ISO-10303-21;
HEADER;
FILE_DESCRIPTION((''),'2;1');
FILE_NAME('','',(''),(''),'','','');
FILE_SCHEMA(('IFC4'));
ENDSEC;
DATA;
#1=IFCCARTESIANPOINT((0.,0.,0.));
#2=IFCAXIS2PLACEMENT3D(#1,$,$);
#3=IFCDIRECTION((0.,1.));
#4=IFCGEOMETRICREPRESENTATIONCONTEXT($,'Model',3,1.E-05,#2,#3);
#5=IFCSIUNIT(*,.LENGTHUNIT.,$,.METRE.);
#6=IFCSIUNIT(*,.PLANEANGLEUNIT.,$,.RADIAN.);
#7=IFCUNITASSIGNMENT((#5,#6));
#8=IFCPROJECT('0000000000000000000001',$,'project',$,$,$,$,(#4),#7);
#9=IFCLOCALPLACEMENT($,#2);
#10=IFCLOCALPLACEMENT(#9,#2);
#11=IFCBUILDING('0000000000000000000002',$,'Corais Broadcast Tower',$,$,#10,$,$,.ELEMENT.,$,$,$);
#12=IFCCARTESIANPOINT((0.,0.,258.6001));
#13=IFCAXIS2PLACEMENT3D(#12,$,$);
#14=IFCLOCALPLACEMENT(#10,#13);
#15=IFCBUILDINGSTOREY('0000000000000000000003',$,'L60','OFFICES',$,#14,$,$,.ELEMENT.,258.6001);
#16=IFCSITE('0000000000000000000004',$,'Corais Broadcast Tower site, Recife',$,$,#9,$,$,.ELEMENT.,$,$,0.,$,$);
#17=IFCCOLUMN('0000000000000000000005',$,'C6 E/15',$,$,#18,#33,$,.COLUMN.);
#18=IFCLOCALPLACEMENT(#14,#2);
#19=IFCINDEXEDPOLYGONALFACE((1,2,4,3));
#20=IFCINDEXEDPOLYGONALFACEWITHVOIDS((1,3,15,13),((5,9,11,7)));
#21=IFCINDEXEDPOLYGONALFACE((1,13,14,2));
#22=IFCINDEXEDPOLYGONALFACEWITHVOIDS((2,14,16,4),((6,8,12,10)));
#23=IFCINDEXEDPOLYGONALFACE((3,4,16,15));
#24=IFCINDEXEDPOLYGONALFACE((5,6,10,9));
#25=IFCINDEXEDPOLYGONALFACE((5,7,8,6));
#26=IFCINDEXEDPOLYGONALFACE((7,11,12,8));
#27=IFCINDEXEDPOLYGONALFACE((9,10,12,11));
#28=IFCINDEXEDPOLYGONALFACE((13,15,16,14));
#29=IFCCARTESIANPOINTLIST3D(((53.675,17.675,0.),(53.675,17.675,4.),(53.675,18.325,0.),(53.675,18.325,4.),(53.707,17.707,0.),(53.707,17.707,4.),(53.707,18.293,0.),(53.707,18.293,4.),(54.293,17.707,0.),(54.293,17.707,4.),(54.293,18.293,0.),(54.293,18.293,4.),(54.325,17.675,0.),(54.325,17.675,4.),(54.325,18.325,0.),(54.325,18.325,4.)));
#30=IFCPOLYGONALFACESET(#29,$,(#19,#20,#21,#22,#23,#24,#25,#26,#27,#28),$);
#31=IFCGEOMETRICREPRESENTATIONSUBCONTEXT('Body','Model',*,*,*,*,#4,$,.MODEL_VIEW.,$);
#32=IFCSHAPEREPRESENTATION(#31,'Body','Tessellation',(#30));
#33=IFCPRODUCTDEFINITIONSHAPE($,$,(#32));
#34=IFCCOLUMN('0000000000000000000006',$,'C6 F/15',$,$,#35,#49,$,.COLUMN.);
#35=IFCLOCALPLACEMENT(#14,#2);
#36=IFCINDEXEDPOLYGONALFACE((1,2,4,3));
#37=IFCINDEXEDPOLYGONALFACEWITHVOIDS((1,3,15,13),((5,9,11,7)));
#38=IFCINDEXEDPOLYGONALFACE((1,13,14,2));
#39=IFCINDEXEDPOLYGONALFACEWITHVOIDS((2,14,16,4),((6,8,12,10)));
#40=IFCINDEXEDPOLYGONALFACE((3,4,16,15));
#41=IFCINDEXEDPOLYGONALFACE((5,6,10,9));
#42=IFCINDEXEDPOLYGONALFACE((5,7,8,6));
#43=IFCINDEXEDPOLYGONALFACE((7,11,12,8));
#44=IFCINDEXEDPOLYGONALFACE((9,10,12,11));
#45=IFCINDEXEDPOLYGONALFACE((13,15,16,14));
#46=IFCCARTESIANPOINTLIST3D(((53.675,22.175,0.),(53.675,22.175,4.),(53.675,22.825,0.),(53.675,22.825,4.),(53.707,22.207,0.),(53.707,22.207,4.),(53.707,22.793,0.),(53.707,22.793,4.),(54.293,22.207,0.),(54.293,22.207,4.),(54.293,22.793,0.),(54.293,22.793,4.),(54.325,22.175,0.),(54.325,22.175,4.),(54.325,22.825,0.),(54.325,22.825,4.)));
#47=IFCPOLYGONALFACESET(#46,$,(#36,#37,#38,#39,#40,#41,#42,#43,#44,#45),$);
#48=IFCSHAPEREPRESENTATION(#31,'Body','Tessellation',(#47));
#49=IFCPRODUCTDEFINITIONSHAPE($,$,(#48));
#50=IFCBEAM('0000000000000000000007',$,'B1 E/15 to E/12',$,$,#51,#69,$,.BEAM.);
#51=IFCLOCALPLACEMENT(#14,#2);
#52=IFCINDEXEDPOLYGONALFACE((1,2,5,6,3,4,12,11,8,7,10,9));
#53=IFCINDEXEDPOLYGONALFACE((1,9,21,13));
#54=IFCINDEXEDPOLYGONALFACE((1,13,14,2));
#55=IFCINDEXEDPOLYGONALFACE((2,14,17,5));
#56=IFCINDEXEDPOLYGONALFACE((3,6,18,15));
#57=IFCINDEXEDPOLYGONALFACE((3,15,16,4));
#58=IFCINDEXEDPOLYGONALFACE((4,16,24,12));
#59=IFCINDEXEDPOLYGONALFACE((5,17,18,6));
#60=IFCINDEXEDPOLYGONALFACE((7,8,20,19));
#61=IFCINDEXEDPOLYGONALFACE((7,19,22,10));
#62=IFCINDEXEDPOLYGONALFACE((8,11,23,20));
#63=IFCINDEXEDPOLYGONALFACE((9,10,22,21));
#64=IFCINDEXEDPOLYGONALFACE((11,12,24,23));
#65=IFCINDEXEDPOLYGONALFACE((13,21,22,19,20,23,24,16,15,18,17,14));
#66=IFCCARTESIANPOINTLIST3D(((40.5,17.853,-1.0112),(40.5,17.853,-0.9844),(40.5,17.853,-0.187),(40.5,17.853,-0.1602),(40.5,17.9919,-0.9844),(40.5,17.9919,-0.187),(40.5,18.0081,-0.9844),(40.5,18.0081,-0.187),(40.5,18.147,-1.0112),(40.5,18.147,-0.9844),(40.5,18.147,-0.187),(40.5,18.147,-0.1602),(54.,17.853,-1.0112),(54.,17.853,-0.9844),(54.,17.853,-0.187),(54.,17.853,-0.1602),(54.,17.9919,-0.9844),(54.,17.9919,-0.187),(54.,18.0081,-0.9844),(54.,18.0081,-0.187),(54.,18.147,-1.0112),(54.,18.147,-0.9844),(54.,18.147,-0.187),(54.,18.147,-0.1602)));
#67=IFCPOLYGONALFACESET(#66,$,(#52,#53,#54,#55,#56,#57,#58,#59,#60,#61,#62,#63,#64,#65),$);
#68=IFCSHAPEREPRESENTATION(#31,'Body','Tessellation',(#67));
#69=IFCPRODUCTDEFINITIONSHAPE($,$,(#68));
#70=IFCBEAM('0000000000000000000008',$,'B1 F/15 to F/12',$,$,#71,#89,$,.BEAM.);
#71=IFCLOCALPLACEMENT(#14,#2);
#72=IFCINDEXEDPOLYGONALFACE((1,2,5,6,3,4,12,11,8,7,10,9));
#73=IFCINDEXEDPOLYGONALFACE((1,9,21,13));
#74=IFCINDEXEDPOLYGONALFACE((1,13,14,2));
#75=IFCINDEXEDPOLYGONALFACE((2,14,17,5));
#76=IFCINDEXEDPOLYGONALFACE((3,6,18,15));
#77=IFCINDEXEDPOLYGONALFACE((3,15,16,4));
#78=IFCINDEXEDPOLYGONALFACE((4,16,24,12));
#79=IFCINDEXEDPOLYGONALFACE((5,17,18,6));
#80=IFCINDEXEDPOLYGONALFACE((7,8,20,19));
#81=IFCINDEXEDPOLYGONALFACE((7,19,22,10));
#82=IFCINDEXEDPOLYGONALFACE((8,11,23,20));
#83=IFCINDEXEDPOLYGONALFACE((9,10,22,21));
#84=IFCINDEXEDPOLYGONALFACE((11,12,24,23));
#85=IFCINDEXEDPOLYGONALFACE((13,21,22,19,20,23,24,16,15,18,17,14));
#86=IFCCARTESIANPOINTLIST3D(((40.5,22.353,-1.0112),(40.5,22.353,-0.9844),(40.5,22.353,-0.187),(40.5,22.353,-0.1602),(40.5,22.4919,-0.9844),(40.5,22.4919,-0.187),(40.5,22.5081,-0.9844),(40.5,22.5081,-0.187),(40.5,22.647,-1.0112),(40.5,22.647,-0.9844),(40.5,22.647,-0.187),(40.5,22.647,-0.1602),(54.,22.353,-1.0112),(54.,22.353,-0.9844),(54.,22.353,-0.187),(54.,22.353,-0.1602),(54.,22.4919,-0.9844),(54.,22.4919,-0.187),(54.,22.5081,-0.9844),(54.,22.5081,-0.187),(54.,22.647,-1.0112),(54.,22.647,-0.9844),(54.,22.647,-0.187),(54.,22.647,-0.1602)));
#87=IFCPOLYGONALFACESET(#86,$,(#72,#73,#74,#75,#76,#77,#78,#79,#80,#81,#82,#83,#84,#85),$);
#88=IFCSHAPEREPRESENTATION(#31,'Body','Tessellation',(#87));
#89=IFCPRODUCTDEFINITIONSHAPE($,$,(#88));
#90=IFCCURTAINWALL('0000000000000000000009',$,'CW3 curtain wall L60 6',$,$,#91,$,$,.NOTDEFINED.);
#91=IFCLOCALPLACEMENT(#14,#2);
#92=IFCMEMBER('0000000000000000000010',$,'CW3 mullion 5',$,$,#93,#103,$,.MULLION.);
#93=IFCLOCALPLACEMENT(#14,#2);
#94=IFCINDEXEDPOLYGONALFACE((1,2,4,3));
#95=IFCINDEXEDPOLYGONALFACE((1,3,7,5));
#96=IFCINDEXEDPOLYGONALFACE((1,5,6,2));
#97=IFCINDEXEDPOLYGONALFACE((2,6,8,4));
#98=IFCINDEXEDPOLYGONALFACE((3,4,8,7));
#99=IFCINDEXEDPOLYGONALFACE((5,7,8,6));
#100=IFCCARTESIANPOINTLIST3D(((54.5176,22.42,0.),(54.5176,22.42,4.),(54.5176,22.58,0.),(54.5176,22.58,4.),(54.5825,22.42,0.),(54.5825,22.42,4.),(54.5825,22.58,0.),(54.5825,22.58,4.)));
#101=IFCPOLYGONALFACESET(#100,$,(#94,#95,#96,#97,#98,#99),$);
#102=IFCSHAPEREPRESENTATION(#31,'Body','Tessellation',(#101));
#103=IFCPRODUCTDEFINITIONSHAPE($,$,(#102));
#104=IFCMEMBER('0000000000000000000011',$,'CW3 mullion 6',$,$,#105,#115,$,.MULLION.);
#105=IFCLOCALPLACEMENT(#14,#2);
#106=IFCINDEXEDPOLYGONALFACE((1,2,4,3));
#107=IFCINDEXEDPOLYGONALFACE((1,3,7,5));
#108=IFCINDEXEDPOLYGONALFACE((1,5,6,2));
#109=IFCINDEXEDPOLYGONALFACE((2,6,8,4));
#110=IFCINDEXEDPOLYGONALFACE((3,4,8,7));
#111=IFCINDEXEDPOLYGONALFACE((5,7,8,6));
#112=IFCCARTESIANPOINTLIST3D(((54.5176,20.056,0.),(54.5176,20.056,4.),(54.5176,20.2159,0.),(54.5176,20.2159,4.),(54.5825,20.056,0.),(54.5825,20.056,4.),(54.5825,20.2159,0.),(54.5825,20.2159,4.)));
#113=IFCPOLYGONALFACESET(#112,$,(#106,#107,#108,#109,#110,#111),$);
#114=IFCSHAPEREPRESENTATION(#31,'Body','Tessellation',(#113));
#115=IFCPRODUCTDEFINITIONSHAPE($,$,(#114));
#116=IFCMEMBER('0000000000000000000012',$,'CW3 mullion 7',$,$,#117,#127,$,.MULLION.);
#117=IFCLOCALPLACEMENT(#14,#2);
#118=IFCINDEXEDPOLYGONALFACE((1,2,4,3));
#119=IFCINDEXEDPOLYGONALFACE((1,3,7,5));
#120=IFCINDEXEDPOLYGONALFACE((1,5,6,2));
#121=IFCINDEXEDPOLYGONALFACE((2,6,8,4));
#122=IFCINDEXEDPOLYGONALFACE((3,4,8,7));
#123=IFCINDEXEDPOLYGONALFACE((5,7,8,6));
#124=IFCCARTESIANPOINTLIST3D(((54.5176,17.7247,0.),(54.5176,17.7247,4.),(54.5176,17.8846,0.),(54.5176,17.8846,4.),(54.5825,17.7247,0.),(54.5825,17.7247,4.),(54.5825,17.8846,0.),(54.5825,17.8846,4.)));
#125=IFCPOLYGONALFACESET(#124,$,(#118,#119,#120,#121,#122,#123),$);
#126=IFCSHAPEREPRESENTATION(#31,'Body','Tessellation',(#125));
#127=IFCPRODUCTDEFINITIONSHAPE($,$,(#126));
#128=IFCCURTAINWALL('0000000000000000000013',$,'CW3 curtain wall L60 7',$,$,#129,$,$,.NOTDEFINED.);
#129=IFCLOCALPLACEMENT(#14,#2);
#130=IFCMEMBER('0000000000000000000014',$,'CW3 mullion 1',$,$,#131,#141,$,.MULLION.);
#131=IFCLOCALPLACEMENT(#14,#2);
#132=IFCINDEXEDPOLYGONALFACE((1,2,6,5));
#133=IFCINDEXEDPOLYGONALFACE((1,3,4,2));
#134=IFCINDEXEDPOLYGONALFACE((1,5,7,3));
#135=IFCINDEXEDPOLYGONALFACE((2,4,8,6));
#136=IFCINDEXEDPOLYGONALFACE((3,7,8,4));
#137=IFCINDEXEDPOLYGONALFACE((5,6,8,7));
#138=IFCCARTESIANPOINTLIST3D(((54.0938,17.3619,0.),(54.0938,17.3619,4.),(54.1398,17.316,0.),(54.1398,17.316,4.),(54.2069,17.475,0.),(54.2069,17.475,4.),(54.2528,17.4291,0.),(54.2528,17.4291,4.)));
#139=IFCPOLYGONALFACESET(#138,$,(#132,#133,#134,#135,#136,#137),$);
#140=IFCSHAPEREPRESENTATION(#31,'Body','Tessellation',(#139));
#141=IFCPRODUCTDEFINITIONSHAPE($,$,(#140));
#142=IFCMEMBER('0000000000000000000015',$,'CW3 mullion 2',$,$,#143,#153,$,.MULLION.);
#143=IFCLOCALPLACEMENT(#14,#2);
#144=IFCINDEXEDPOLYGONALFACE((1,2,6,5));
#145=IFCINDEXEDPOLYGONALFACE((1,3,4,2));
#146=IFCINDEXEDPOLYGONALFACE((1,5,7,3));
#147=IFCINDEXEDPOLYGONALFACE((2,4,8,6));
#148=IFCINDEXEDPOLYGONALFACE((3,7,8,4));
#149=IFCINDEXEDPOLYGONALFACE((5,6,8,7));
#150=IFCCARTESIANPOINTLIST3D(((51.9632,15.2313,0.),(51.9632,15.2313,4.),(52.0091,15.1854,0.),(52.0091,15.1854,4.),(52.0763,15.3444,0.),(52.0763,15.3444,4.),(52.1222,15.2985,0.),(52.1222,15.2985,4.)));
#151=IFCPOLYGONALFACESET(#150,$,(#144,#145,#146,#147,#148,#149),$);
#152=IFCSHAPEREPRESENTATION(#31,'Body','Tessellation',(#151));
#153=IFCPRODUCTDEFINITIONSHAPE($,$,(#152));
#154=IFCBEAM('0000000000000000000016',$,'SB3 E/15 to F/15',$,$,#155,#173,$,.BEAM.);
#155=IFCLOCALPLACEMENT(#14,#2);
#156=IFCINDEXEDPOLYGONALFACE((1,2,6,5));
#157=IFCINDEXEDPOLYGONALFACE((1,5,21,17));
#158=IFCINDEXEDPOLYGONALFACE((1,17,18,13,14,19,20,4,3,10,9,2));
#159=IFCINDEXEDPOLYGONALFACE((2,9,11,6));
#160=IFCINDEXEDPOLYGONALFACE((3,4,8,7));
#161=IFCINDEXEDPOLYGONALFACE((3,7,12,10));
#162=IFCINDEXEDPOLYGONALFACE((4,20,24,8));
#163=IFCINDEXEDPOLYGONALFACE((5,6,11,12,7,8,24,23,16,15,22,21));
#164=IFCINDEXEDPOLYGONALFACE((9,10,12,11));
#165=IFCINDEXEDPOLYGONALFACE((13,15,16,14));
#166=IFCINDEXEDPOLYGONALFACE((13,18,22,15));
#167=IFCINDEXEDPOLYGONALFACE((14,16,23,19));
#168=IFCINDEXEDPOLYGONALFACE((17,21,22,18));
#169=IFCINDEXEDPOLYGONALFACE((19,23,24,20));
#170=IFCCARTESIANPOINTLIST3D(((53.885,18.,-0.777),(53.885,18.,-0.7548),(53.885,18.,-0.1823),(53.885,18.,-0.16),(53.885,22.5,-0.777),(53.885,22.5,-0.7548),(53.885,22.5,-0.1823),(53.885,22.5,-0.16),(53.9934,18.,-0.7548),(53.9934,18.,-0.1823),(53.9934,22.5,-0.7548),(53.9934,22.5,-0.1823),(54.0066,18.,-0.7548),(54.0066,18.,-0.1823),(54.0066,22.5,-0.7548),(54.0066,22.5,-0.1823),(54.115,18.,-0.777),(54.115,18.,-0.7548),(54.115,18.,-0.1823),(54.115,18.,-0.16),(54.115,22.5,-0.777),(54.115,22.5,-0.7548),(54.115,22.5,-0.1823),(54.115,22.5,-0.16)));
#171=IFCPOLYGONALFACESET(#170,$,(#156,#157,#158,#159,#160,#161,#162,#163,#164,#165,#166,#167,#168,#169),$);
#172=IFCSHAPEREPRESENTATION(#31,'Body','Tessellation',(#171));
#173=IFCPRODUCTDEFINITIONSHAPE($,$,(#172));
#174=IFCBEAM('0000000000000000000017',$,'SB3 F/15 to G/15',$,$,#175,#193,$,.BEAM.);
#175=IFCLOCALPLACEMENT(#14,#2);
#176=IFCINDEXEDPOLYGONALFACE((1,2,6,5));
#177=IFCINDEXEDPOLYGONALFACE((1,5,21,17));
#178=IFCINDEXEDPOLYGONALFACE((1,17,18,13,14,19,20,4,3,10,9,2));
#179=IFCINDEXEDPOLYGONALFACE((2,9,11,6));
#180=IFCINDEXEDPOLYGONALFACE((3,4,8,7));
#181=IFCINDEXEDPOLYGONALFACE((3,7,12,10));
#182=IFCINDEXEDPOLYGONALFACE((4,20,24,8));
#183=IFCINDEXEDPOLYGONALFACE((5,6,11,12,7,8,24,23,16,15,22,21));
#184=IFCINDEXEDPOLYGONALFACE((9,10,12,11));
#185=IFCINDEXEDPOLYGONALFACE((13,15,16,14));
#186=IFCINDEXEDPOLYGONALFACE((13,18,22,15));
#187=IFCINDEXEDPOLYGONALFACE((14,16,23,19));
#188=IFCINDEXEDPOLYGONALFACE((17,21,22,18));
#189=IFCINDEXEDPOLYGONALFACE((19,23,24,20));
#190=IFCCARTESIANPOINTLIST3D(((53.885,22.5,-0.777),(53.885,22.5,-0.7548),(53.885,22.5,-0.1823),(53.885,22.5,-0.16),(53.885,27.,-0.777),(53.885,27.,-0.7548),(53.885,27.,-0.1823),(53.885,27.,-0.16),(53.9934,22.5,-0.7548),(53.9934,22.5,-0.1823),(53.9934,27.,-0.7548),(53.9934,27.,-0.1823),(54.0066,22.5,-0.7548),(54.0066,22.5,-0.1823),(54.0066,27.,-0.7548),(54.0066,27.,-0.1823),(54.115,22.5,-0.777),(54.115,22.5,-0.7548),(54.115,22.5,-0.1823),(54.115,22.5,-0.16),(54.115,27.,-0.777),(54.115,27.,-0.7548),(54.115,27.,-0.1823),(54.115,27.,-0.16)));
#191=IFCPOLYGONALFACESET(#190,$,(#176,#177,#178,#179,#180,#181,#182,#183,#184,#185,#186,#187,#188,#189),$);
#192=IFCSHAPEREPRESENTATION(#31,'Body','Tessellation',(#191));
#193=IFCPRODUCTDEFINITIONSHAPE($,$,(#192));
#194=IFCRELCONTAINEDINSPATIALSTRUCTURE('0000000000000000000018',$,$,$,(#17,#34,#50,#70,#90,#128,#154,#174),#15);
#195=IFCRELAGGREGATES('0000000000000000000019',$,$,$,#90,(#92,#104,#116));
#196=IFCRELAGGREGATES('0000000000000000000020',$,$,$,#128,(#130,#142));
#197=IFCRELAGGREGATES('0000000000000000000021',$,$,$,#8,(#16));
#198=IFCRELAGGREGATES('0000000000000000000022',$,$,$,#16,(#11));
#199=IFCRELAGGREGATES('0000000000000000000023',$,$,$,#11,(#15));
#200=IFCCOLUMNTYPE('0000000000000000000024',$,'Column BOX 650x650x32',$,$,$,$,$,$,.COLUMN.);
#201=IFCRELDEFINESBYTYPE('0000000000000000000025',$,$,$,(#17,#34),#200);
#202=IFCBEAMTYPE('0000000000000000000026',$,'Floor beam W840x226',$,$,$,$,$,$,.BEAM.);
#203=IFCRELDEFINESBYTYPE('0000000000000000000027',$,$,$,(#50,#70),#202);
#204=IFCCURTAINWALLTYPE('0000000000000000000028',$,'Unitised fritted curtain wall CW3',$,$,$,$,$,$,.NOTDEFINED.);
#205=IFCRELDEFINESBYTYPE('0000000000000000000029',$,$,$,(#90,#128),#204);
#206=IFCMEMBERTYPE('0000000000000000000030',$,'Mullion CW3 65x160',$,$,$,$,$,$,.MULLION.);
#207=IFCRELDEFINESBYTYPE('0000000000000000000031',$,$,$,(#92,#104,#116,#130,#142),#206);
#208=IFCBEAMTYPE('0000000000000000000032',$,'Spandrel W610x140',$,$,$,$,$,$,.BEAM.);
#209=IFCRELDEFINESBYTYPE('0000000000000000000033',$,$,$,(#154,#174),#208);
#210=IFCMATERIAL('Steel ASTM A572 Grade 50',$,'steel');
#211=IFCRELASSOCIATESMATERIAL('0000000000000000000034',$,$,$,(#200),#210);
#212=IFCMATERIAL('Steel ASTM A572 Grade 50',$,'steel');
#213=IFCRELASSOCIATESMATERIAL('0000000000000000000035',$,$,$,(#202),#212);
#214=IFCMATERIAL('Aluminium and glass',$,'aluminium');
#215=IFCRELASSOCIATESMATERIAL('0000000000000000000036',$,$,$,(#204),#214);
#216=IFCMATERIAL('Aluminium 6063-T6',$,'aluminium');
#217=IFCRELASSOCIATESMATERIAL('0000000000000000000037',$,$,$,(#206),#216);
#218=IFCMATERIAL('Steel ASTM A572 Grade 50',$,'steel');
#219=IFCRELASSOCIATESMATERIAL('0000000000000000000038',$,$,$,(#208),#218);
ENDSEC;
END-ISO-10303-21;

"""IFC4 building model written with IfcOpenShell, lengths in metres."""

from ifc_helpers import new_model, si_unit, direction, frame, origin, origin_2d, place, context, subcontext, project, spatial, rectangle, hollow_rectangle, i_section, extrude, material, material_profile, profile_set, type_object, element, aggregate, save


model = new_model("IFC4")

# Units and contexts
model_context = context("Model", 3, precision=1e-05, world=origin(), true_north=direction((0.0, 1.0)))
body_context = subcontext(model_context, "Body", "Model", "MODEL_VIEW")
ifc_project = project(units=[si_unit("LENGTHUNIT", "METRE"), si_unit("PLANEANGLEUNIT", "RADIAN")], contexts=[model_context])

# Site, building, storey
site_placement = place(None, origin())
site = spatial("IfcSite", under=ifc_project, at=site_placement, Name="Corais Broadcast Tower site, Recife", CompositionType="ELEMENT", RefElevation=0.0)
building_placement = place(site_placement, origin())
building = spatial("IfcBuilding", under=site, at=building_placement, Name="Corais Broadcast Tower", CompositionType="ELEMENT")
storey_placement = place(building_placement, frame((0.0, 0.0, 258.6001)))
storey = spatial("IfcBuildingStorey", under=building, at=storey_placement, Name="L60", Description="OFFICES", CompositionType="ELEMENT", Elevation=258.6001)

# Columns
ifc_material_1 = material(Name="Steel ASTM A572 Grade 50", Category="steel")
ifc_material_profile_1 = material_profile(ifc_material_1, hollow_rectangle(XDim=0.6499, YDim=0.6499, WallThickness=0.032, at=origin_2d()), Name="BOX 650x650x32")
ifc_profile_set_1 = profile_set([ifc_material_profile_1], Name="Steel ASTM A572 Grade 50")
column_type = type_object("IfcColumnType", Name="Column BOX 650x650x32", PredefinedType="COLUMN", material=ifc_profile_set_1)
for number, where, z_axis, x_axis, name in (
    (1, (54.0, 18.0, 0.0), (0.0, 0.0, 1.0), (1.0, 0.0, 0.0), "C6 E/15"),
    (2, (54.0, 22.5, 0.0), (0.0, 0.0, 1.0), (1.0, 0.0, 0.0), "C6 F/15"),
):
    element("IfcColumn", number, at=place(storey_placement, frame(where, z_axis=z_axis, x_axis=x_axis)), inside=storey, type_object=column_type, Name=name, PredefinedType="COLUMN", context=body_context, shape_type="SweptSolid", body=[
        extrude(hollow_rectangle(XDim=0.6499, YDim=0.6499, WallThickness=0.032, at=origin_2d()), origin(), (0.0, 0.0, 1.0), 4.0),
    ])

# Beams
ifc_material_2 = material(Name="Steel ASTM A572 Grade 50", Category="steel")
ifc_material_profile_2 = material_profile(ifc_material_2, i_section(OverallWidth=0.2939, OverallDepth=0.8511, WebThickness=0.0161, FlangeThickness=0.0269, at=origin_2d()), Name="W840x226")
ifc_profile_set_2 = profile_set([ifc_material_profile_2], Name="Steel ASTM A572 Grade 50")
beam_type_1 = type_object("IfcBeamType", Name="Floor beam W840x226", PredefinedType="BEAM", material=ifc_profile_set_2)
for number, where, z_axis, x_axis, name in (
    (3, (54.0, 18.0, -0.5857), (-1.0, 0.0, 0.0), (0.0, -1.0, 0.0), "B1 E/15 to E/12"),
    (4, (54.0, 22.5, -0.5857), (-1.0, 0.0, 0.0), (0.0, -1.0, 0.0), "B1 F/15 to F/12"),
):
    element("IfcBeam", number, at=place(storey_placement, frame(where, z_axis=z_axis, x_axis=x_axis)), inside=storey, type_object=beam_type_1, Name=name, PredefinedType="BEAM", context=body_context, shape_type="SweptSolid", body=[
        extrude(i_section(OverallWidth=0.2939, OverallDepth=0.8511, WebThickness=0.0161, FlangeThickness=0.0269, at=origin_2d()), origin(), (0.0, 0.0, 1.0), 13.5),
    ])

# Curtain walls, members
ifc_material_3 = material(Name="Aluminium and glass", Category="aluminium")
curtain_wall_type = type_object("IfcCurtainWallType", Name="Unitised fritted curtain wall CW3", PredefinedType="NOTDEFINED", material=ifc_material_3)
curtain_wall_1_placement = place(storey_placement, origin())
curtain_wall_1 = element("IfcCurtainWall", 5, at=curtain_wall_1_placement, inside=storey, type_object=curtain_wall_type, Name="CW3 curtain wall L60 6", PredefinedType="NOTDEFINED")
ifc_material_4 = material(Name="Aluminium 6063-T6", Category="aluminium")
ifc_material_profile_3 = material_profile(ifc_material_4, rectangle(XDim=0.0649, YDim=0.1599, at=origin_2d()), Name="Mullion CW3 65x160")
ifc_profile_set_3 = profile_set([ifc_material_profile_3], Name="Aluminium 6063-T6")
member_type_1 = type_object("IfcMemberType", Name="Mullion CW3 65x160", PredefinedType="MULLION", material=ifc_profile_set_3)
member_1_placement = place(storey_placement, frame((54.55, 22.5, 0.0), z_axis=(0.0, 0.0, 1.0), x_axis=(1.0, 0.0, 0.0)))
member_1 = element("IfcMember", 6, at=member_1_placement, type_object=member_type_1, Name="CW3 mullion 5", PredefinedType="MULLION", context=body_context, shape_type="SweptSolid", body=[
    extrude(rectangle(XDim=0.0649, YDim=0.1599, at=origin_2d()), origin(), (0.0, 0.0, 1.0), 4.0),
])
member_2_placement = place(storey_placement, frame((54.55, 20.136, 0.0), z_axis=(0.0, 0.0, 1.0), x_axis=(1.0, 0.0, 0.0)))
member_2 = element("IfcMember", 7, at=member_2_placement, type_object=member_type_1, Name="CW3 mullion 6", PredefinedType="MULLION", context=body_context, shape_type="SweptSolid", body=[
    extrude(rectangle(XDim=0.0649, YDim=0.1599, at=origin_2d()), origin(), (0.0, 0.0, 1.0), 4.0),
])
member_3_placement = place(storey_placement, frame((54.55, 17.8047, 0.0), z_axis=(0.0, 0.0, 1.0), x_axis=(1.0, 0.0, 0.0)))
member_3 = element("IfcMember", 8, at=member_3_placement, type_object=member_type_1, Name="CW3 mullion 7", PredefinedType="MULLION", context=body_context, shape_type="SweptSolid", body=[
    extrude(rectangle(XDim=0.0649, YDim=0.1599, at=origin_2d()), origin(), (0.0, 0.0, 1.0), 4.0),
])
curtain_wall_2_placement = place(storey_placement, origin())
curtain_wall_2 = element("IfcCurtainWall", 9, at=curtain_wall_2_placement, inside=storey, type_object=curtain_wall_type, Name="CW3 curtain wall L60 7", PredefinedType="NOTDEFINED")
member_4_placement = place(storey_placement, frame((54.1733, 17.3955, 0.0), z_axis=(0.0, 0.0, 1.0), x_axis=(0.707107, -0.707107, 0.0)))
member_4 = element("IfcMember", 10, at=member_4_placement, type_object=member_type_1, Name="CW3 mullion 1", PredefinedType="MULLION", context=body_context, shape_type="SweptSolid", body=[
    extrude(rectangle(XDim=0.0649, YDim=0.1599, at=origin_2d()), origin(), (0.0, 0.0, 1.0), 4.0),
])
member_5_placement = place(storey_placement, frame((52.0427, 15.2649, 0.0), z_axis=(0.0, 0.0, 1.0), x_axis=(0.707107, -0.707107, 0.0)))
member_5 = element("IfcMember", 11, at=member_5_placement, type_object=member_type_1, Name="CW3 mullion 2", PredefinedType="MULLION", context=body_context, shape_type="SweptSolid", body=[
    extrude(rectangle(XDim=0.0649, YDim=0.1599, at=origin_2d()), origin(), (0.0, 0.0, 1.0), 4.0),
])

# Beams
ifc_material_5 = material(Name="Steel ASTM A572 Grade 50", Category="steel")
ifc_material_profile_4 = material_profile(ifc_material_5, i_section(OverallWidth=0.23, OverallDepth=0.6169, WebThickness=0.0132, FlangeThickness=0.0222, at=origin_2d()), Name="W610x140")
ifc_profile_set_4 = profile_set([ifc_material_profile_4], Name="Steel ASTM A572 Grade 50")
beam_type_2 = type_object("IfcBeamType", Name="Spandrel W610x140", PredefinedType="BEAM", material=ifc_profile_set_4)
for number, where, z_axis, x_axis, name in (
    (12, (54.0, 18.0, -0.4685), (0.0, 1.0, 0.0), (-1.0, 0.0, 0.0), "SB3 E/15 to F/15"),
    (13, (54.0, 22.5, -0.4685), (0.0, 1.0, 0.0), (-1.0, 0.0, 0.0), "SB3 F/15 to G/15"),
):
    element("IfcBeam", number, at=place(storey_placement, frame(where, z_axis=z_axis, x_axis=x_axis)), inside=storey, type_object=beam_type_2, Name=name, PredefinedType="BEAM", context=body_context, shape_type="SweptSolid", body=[
        extrude(i_section(OverallWidth=0.23, OverallDepth=0.6169, WebThickness=0.0132, FlangeThickness=0.0222, at=origin_2d()), origin(), (0.0, 0.0, 1.0), 4.5),
    ])

aggregate(curtain_wall_1, [member_1, member_2, member_3])
aggregate(curtain_wall_2, [member_4, member_5])

save(model, "model.ifc")
